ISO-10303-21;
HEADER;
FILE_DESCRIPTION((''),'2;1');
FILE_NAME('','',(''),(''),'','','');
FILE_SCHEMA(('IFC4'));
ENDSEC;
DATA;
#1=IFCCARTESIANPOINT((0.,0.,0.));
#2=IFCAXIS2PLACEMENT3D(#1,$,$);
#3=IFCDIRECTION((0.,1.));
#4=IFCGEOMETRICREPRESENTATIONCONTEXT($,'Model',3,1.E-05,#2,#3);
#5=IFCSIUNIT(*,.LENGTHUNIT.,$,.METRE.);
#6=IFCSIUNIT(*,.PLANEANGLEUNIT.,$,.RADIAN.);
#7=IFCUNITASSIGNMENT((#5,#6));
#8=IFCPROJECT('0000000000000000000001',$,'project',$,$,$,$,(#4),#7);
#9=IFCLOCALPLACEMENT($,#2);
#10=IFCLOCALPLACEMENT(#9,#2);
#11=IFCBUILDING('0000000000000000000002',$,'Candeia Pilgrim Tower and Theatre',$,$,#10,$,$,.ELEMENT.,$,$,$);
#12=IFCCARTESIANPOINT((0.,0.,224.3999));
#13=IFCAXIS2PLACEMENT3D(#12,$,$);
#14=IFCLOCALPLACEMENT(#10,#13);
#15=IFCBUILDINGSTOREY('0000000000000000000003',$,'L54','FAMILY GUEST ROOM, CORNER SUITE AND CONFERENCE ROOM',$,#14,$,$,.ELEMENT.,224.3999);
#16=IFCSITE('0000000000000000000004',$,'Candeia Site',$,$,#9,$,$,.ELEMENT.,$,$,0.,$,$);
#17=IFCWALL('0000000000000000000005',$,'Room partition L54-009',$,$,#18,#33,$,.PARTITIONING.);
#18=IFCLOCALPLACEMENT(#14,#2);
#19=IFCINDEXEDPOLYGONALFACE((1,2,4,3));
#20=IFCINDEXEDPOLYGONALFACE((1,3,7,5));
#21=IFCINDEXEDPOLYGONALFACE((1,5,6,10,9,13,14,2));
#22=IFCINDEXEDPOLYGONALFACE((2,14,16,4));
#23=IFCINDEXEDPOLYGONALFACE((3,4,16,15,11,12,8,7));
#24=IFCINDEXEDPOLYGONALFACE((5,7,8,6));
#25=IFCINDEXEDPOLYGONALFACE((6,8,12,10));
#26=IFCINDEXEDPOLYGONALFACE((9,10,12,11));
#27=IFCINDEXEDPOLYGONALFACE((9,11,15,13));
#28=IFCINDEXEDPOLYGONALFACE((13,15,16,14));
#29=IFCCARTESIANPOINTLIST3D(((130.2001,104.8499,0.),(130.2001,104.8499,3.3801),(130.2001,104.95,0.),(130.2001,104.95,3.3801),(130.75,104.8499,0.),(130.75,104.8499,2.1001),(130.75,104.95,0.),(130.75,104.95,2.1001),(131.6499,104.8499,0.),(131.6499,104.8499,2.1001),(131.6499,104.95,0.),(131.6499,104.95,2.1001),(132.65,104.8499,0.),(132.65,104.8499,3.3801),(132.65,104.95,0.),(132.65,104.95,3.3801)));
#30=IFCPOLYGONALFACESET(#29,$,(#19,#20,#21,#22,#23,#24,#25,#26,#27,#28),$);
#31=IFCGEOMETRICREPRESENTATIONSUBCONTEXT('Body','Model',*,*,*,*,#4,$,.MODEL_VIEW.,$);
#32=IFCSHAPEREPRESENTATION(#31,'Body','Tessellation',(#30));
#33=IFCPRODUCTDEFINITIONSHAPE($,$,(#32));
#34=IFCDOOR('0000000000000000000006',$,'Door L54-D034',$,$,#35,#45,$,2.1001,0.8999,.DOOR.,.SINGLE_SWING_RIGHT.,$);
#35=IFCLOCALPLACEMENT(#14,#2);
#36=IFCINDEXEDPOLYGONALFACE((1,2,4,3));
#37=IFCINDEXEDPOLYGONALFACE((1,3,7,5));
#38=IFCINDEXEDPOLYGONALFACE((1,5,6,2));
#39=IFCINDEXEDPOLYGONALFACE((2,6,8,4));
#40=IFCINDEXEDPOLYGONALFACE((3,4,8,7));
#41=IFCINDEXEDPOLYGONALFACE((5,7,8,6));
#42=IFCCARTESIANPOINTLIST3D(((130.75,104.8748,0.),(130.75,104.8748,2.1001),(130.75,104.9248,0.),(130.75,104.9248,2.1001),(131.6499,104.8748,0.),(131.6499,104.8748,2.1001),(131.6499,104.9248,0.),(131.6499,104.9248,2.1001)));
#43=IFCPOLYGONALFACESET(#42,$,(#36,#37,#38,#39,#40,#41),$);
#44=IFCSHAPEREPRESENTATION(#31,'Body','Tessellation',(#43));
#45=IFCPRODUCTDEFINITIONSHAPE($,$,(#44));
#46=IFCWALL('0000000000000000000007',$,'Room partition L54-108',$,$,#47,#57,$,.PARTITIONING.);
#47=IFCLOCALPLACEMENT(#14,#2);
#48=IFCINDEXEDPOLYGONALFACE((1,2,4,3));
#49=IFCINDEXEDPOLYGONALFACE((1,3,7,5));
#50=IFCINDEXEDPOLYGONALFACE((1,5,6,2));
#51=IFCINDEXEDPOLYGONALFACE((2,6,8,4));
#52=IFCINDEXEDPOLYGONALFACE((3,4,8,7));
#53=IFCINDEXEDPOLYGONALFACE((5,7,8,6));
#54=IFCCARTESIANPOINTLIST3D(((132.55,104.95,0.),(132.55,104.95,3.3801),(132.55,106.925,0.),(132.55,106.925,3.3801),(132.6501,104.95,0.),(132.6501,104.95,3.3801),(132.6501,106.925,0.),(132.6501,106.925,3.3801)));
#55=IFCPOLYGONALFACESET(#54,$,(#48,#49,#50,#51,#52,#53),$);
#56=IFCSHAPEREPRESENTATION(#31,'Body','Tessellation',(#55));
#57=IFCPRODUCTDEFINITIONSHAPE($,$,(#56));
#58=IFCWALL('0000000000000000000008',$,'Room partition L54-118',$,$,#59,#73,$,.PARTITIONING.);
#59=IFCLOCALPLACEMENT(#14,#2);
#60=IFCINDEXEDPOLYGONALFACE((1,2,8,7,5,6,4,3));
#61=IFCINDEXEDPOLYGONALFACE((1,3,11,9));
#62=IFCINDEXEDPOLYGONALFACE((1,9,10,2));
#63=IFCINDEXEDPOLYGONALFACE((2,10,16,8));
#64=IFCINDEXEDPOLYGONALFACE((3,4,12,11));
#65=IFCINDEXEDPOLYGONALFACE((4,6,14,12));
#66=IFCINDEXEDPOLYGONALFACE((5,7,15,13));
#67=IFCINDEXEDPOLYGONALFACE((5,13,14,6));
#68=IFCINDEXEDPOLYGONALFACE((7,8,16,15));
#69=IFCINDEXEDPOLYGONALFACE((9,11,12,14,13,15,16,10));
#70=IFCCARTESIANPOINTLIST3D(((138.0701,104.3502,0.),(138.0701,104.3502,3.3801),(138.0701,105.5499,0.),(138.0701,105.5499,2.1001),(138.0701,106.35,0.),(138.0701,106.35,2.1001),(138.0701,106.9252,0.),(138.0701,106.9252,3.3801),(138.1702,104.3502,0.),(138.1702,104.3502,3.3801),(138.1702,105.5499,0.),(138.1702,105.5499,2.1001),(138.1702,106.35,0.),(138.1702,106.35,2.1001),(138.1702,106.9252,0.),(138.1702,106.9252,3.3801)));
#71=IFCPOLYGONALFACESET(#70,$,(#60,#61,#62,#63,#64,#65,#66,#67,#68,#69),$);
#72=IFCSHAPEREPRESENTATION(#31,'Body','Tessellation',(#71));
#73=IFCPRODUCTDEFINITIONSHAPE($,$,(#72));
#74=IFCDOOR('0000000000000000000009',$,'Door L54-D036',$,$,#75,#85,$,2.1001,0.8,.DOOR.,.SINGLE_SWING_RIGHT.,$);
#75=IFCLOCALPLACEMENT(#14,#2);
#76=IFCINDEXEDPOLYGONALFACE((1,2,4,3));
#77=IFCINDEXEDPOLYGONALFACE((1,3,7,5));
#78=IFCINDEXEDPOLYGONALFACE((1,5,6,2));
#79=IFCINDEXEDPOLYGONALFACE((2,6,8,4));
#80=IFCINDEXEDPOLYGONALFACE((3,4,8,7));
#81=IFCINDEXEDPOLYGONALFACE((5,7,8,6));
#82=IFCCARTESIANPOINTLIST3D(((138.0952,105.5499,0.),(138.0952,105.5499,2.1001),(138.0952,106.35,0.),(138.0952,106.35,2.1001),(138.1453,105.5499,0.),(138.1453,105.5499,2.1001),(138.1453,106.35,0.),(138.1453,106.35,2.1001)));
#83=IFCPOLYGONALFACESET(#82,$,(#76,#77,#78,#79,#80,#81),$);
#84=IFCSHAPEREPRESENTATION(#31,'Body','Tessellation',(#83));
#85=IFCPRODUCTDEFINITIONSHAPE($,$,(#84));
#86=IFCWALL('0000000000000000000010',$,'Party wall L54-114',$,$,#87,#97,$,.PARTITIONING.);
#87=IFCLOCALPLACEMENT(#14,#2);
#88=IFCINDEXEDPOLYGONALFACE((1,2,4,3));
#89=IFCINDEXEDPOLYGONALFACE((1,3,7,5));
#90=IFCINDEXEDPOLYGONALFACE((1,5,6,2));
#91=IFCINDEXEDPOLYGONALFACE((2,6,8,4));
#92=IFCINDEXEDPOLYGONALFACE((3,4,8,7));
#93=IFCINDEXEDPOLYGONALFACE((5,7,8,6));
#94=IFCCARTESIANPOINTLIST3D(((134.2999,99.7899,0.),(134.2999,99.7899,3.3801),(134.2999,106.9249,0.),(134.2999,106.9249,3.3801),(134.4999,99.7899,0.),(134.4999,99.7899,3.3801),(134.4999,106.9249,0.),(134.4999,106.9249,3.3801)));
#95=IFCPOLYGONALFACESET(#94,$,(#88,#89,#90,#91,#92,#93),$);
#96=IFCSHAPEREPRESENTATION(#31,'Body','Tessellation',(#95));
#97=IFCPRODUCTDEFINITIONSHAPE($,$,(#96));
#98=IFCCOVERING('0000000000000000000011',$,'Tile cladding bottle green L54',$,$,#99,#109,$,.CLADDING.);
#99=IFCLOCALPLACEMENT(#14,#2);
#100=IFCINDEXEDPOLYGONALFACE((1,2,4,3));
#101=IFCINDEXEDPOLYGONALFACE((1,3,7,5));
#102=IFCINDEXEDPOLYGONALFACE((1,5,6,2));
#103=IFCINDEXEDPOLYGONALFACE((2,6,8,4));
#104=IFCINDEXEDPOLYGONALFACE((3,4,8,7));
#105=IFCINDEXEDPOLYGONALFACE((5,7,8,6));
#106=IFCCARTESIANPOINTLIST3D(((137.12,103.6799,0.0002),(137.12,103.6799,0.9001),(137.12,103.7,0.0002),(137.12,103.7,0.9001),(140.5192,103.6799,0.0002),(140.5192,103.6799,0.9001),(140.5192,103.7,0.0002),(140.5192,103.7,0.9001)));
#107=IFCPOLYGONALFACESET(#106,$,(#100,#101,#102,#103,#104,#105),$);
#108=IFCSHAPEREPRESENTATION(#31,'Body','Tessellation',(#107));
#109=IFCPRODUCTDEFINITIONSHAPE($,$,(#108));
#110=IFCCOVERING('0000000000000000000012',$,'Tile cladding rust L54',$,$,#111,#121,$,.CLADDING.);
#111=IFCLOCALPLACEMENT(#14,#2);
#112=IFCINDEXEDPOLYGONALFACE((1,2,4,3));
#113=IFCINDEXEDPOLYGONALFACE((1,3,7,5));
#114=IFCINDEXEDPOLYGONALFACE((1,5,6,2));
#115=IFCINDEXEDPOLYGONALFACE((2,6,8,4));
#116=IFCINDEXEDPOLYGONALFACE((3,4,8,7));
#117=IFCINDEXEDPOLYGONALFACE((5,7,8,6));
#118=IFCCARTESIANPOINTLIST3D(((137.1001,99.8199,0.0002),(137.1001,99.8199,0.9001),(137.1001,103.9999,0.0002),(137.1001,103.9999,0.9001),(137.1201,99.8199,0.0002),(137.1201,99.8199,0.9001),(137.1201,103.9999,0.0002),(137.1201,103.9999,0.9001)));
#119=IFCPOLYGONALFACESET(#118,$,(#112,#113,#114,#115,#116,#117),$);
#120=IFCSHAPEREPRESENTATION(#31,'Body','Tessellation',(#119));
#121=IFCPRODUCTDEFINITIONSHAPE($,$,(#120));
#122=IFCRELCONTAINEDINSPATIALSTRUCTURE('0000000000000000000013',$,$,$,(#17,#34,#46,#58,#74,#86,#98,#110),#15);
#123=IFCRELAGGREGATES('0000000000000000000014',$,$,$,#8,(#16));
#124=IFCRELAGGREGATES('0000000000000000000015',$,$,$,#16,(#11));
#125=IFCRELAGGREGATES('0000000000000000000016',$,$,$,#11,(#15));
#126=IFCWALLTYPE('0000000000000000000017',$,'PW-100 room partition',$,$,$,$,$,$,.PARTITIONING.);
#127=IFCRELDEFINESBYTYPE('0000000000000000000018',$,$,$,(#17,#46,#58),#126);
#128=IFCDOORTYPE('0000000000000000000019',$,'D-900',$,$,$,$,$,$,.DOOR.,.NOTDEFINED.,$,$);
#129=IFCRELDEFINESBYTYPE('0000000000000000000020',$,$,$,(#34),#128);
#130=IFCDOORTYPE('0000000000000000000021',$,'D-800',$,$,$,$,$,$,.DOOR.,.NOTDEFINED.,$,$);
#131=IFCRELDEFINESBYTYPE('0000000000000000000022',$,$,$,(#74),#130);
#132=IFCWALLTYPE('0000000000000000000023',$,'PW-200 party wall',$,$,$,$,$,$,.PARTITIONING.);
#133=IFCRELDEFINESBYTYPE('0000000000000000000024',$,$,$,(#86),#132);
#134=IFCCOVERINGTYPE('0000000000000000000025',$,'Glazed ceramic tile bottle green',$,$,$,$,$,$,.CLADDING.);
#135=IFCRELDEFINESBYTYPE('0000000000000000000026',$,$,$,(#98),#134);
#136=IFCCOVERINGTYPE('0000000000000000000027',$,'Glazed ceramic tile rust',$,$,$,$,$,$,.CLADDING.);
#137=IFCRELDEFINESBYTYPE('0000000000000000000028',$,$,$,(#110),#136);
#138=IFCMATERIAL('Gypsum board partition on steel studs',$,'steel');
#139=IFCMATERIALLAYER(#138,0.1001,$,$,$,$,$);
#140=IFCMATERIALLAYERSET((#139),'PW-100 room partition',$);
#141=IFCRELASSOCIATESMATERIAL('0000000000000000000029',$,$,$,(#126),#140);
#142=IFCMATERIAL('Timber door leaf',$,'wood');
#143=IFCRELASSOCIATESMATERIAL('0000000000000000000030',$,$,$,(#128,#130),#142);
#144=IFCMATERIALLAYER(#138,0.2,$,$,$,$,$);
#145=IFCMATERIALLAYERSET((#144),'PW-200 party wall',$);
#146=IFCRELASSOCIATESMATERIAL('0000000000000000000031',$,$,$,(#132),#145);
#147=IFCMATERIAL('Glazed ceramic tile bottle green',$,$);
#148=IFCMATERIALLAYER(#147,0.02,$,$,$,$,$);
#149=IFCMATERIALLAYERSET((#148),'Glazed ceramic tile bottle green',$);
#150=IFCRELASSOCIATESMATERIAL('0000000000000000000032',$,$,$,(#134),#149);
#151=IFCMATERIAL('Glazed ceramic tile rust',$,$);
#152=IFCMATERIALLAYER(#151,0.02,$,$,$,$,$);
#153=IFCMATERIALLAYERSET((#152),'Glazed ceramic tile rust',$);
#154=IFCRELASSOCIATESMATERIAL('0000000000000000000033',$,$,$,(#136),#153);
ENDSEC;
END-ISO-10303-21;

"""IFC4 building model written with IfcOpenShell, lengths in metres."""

from ifc_helpers import new_model, si_unit, direction, frame, frame_2d, origin, origin_2d, place, context, subcontext, project, spatial, rectangle, extrude, material, layer, layer_set, type_object, element, fill, save


model = new_model("IFC4")

# Units and contexts
model_context = context("Model", 3, precision=1e-05, world=origin(), true_north=direction((0.0, 1.0)))
body_context = subcontext(model_context, "Body", "Model", "MODEL_VIEW")
ifc_project = project(units=[si_unit("LENGTHUNIT", "METRE"), si_unit("PLANEANGLEUNIT", "RADIAN")], contexts=[model_context])

# Site, building, storey
site_placement = place(None, origin())
site = spatial("IfcSite", under=ifc_project, at=site_placement, Name="Candeia Site", CompositionType="ELEMENT", RefElevation=0.0)
building_placement = place(site_placement, origin())
building = spatial("IfcBuilding", under=site, at=building_placement, Name="Candeia Pilgrim Tower and Theatre", CompositionType="ELEMENT")
storey_placement = place(building_placement, frame((0.0, 0.0, 224.3999)))
storey = spatial("IfcBuildingStorey", under=building, at=storey_placement, Name="L54", Description="FAMILY GUEST ROOM, CORNER SUITE AND CONFERENCE ROOM", CompositionType="ELEMENT", Elevation=224.3999)

# Shared definitions
ifc_material_1 = material(Name="Gypsum board partition on steel studs", Category="steel")
ifc_layer_1 = layer(ifc_material_1, 0.1001)
ifc_layer_set_1 = layer_set([ifc_layer_1], Name="PW-100 room partition")
wall_type_1 = type_object("IfcWallType", Name="PW-100 room partition", PredefinedType="PARTITIONING", material=ifc_layer_set_1)

# Wall, opening, door
wall_1_placement = place(storey_placement, frame((130.2, 104.8999, 0.0), z_axis=(0.0, 0.0, 1.0), x_axis=(1.0, 0.0, 0.0)))
wall_1 = element("IfcWall", 1, at=wall_1_placement, inside=storey, type_object=wall_type_1, Name="Room partition L54-009", PredefinedType="PARTITIONING", context=body_context, shape_type="SweptSolid", body=[
    extrude(rectangle(XDim=2.45, YDim=0.1001, at=frame_2d((1.2251, 0.0))), origin(), (0.0, 0.0, 1.0), 3.3801),
])
opening_1_placement = place(wall_1_placement, frame((0.55, 0.0, 0.0)))
opening_1 = element("IfcOpeningElement", 2, at=opening_1_placement, cuts=wall_1, PredefinedType="OPENING", context=body_context, shape_type="SweptSolid", body=[
    extrude(rectangle(XDim=0.8999, YDim=2.1001, at=frame_2d((0.45, 1.05))), frame((0.0, 0.0601, 0.0), z_axis=(0.0, -1.0, 0.0), x_axis=(1.0, 0.0, 0.0)), (0.0, 0.0, 1.0), 0.1201),
])
ifc_material_2 = material(Name="Timber door leaf", Category="wood")
door_type_1 = type_object("IfcDoorType", Name="D-900", OperationType="NOTDEFINED", PredefinedType="DOOR", material=ifc_material_2)
door_1_placement = place(opening_1_placement, origin())
door_1 = element("IfcDoor", 3, at=door_1_placement, inside=storey, type_object=door_type_1, Name="Door L54-D034", OperationType="SINGLE_SWING_RIGHT", OverallHeight=2.1001, OverallWidth=0.8999, PredefinedType="DOOR", context=body_context, shape_type="SweptSolid", body=[
    extrude(rectangle(XDim=0.8999, YDim=2.1001, at=frame_2d((0.45, 1.05))), frame((0.0, 0.0249, 0.0), z_axis=(0.0, -1.0, 0.0), x_axis=(1.0, 0.0, 0.0)), (0.0, 0.0, 1.0), 0.05),
])
fill(opening_1, door_1)

# Wall
wall_2_placement = place(storey_placement, frame((132.6001, 104.95, 0.0), z_axis=(0.0, 0.0, 1.0), x_axis=(0.0, 1.0, 0.0)))
element("IfcWall", 4, at=wall_2_placement, inside=storey, type_object=wall_type_1, Name="Room partition L54-108", PredefinedType="PARTITIONING", context=body_context, shape_type="SweptSolid", body=[
    extrude(rectangle(XDim=1.9751, YDim=0.1001, at=frame_2d((0.9875, 0.0))), origin(), (0.0, 0.0, 1.0), 3.3801),
])

# Wall, opening, door
wall_3_placement = place(storey_placement, frame((138.1201, 104.3501, 0.0), z_axis=(0.0, 0.0, 1.0), x_axis=(0.0, 1.0, 0.0)))
wall_3 = element("IfcWall", 5, at=wall_3_placement, inside=storey, type_object=wall_type_1, Name="Room partition L54-118", PredefinedType="PARTITIONING", context=body_context, shape_type="SweptSolid", body=[
    extrude(rectangle(XDim=2.575, YDim=0.1001, at=frame_2d((1.2876, 0.0))), origin(), (0.0, 0.0, 1.0), 3.3801),
])
opening_2_placement = place(wall_3_placement, frame((1.2, 0.0, 0.0)))
opening_2 = element("IfcOpeningElement", 6, at=opening_2_placement, cuts=wall_3, PredefinedType="OPENING", context=body_context, shape_type="SweptSolid", body=[
    extrude(rectangle(XDim=0.8, YDim=2.1001, at=frame_2d((0.3999, 1.05))), frame((0.0, 0.0601, 0.0), z_axis=(0.0, -1.0, 0.0), x_axis=(1.0, 0.0, 0.0)), (0.0, 0.0, 1.0), 0.1201),
])
door_type_2 = type_object("IfcDoorType", Name="D-800", OperationType="NOTDEFINED", PredefinedType="DOOR", material=ifc_material_2)
door_2_placement = place(opening_2_placement, origin())
door_2 = element("IfcDoor", 7, at=door_2_placement, inside=storey, type_object=door_type_2, Name="Door L54-D036", OperationType="SINGLE_SWING_RIGHT", OverallHeight=2.1001, OverallWidth=0.8, PredefinedType="DOOR", context=body_context, shape_type="SweptSolid", body=[
    extrude(rectangle(XDim=0.8, YDim=2.1001, at=frame_2d((0.3999, 1.05))), frame((0.0, 0.0249, 0.0), z_axis=(0.0, -1.0, 0.0), x_axis=(1.0, 0.0, 0.0)), (0.0, 0.0, 1.0), 0.05),
])
fill(opening_2, door_2)

# Wall
ifc_layer_2 = layer(ifc_material_1, 0.2)
ifc_layer_set_2 = layer_set([ifc_layer_2], Name="PW-200 party wall")
wall_type_2 = type_object("IfcWallType", Name="PW-200 party wall", PredefinedType="PARTITIONING", material=ifc_layer_set_2)
wall_4_placement = place(storey_placement, frame((134.3999, 99.79, 0.0), z_axis=(0.0, 0.0, 1.0), x_axis=(0.0, 1.0, 0.0)))
element("IfcWall", 8, at=wall_4_placement, inside=storey, type_object=wall_type_2, Name="Party wall L54-114", PredefinedType="PARTITIONING", context=body_context, shape_type="SweptSolid", body=[
    extrude(rectangle(XDim=7.135, YDim=0.2, at=frame_2d((3.5674, 0.0))), origin(), (0.0, 0.0, 1.0), 3.3801),
])

# Coverings
ifc_material_3 = material(Name="Glazed ceramic tile bottle green")
ifc_layer_3 = layer(ifc_material_3, 0.02)
ifc_layer_set_3 = layer_set([ifc_layer_3], Name="Glazed ceramic tile bottle green")
covering_type_1 = type_object("IfcCoveringType", Name="Glazed ceramic tile bottle green", PredefinedType="CLADDING", material=ifc_layer_set_3)
covering_1_placement = place(storey_placement, frame((138.8196, 103.6899, 0.0002), z_axis=(0.0, 0.0, 1.0), x_axis=(1.0, 0.0, 0.0)))
element("IfcCovering", 9, at=covering_1_placement, inside=storey, type_object=covering_type_1, Name="Tile cladding bottle green L54", PredefinedType="CLADDING", context=body_context, shape_type="SweptSolid", body=[
    extrude(rectangle(XDim=3.3992, YDim=0.02, at=origin_2d()), origin(), (0.0, 0.0, 1.0), 0.8999),
])
ifc_material_4 = material(Name="Glazed ceramic tile rust")
ifc_layer_4 = layer(ifc_material_4, 0.02)
ifc_layer_set_4 = layer_set([ifc_layer_4], Name="Glazed ceramic tile rust")
covering_type_2 = type_object("IfcCoveringType", Name="Glazed ceramic tile rust", PredefinedType="CLADDING", material=ifc_layer_set_4)
covering_2_placement = place(storey_placement, frame((137.1101, 101.9099, 0.0002), z_axis=(0.0, 0.0, 1.0), x_axis=(0.0, 1.0, 0.0)))
element("IfcCovering", 10, at=covering_2_placement, inside=storey, type_object=covering_type_2, Name="Tile cladding rust L54", PredefinedType="CLADDING", context=body_context, shape_type="SweptSolid", body=[
    extrude(rectangle(XDim=4.1799, YDim=0.02, at=origin_2d()), origin(), (0.0, 0.0, 1.0), 0.8999),
])

save(model, "model.ifc")
